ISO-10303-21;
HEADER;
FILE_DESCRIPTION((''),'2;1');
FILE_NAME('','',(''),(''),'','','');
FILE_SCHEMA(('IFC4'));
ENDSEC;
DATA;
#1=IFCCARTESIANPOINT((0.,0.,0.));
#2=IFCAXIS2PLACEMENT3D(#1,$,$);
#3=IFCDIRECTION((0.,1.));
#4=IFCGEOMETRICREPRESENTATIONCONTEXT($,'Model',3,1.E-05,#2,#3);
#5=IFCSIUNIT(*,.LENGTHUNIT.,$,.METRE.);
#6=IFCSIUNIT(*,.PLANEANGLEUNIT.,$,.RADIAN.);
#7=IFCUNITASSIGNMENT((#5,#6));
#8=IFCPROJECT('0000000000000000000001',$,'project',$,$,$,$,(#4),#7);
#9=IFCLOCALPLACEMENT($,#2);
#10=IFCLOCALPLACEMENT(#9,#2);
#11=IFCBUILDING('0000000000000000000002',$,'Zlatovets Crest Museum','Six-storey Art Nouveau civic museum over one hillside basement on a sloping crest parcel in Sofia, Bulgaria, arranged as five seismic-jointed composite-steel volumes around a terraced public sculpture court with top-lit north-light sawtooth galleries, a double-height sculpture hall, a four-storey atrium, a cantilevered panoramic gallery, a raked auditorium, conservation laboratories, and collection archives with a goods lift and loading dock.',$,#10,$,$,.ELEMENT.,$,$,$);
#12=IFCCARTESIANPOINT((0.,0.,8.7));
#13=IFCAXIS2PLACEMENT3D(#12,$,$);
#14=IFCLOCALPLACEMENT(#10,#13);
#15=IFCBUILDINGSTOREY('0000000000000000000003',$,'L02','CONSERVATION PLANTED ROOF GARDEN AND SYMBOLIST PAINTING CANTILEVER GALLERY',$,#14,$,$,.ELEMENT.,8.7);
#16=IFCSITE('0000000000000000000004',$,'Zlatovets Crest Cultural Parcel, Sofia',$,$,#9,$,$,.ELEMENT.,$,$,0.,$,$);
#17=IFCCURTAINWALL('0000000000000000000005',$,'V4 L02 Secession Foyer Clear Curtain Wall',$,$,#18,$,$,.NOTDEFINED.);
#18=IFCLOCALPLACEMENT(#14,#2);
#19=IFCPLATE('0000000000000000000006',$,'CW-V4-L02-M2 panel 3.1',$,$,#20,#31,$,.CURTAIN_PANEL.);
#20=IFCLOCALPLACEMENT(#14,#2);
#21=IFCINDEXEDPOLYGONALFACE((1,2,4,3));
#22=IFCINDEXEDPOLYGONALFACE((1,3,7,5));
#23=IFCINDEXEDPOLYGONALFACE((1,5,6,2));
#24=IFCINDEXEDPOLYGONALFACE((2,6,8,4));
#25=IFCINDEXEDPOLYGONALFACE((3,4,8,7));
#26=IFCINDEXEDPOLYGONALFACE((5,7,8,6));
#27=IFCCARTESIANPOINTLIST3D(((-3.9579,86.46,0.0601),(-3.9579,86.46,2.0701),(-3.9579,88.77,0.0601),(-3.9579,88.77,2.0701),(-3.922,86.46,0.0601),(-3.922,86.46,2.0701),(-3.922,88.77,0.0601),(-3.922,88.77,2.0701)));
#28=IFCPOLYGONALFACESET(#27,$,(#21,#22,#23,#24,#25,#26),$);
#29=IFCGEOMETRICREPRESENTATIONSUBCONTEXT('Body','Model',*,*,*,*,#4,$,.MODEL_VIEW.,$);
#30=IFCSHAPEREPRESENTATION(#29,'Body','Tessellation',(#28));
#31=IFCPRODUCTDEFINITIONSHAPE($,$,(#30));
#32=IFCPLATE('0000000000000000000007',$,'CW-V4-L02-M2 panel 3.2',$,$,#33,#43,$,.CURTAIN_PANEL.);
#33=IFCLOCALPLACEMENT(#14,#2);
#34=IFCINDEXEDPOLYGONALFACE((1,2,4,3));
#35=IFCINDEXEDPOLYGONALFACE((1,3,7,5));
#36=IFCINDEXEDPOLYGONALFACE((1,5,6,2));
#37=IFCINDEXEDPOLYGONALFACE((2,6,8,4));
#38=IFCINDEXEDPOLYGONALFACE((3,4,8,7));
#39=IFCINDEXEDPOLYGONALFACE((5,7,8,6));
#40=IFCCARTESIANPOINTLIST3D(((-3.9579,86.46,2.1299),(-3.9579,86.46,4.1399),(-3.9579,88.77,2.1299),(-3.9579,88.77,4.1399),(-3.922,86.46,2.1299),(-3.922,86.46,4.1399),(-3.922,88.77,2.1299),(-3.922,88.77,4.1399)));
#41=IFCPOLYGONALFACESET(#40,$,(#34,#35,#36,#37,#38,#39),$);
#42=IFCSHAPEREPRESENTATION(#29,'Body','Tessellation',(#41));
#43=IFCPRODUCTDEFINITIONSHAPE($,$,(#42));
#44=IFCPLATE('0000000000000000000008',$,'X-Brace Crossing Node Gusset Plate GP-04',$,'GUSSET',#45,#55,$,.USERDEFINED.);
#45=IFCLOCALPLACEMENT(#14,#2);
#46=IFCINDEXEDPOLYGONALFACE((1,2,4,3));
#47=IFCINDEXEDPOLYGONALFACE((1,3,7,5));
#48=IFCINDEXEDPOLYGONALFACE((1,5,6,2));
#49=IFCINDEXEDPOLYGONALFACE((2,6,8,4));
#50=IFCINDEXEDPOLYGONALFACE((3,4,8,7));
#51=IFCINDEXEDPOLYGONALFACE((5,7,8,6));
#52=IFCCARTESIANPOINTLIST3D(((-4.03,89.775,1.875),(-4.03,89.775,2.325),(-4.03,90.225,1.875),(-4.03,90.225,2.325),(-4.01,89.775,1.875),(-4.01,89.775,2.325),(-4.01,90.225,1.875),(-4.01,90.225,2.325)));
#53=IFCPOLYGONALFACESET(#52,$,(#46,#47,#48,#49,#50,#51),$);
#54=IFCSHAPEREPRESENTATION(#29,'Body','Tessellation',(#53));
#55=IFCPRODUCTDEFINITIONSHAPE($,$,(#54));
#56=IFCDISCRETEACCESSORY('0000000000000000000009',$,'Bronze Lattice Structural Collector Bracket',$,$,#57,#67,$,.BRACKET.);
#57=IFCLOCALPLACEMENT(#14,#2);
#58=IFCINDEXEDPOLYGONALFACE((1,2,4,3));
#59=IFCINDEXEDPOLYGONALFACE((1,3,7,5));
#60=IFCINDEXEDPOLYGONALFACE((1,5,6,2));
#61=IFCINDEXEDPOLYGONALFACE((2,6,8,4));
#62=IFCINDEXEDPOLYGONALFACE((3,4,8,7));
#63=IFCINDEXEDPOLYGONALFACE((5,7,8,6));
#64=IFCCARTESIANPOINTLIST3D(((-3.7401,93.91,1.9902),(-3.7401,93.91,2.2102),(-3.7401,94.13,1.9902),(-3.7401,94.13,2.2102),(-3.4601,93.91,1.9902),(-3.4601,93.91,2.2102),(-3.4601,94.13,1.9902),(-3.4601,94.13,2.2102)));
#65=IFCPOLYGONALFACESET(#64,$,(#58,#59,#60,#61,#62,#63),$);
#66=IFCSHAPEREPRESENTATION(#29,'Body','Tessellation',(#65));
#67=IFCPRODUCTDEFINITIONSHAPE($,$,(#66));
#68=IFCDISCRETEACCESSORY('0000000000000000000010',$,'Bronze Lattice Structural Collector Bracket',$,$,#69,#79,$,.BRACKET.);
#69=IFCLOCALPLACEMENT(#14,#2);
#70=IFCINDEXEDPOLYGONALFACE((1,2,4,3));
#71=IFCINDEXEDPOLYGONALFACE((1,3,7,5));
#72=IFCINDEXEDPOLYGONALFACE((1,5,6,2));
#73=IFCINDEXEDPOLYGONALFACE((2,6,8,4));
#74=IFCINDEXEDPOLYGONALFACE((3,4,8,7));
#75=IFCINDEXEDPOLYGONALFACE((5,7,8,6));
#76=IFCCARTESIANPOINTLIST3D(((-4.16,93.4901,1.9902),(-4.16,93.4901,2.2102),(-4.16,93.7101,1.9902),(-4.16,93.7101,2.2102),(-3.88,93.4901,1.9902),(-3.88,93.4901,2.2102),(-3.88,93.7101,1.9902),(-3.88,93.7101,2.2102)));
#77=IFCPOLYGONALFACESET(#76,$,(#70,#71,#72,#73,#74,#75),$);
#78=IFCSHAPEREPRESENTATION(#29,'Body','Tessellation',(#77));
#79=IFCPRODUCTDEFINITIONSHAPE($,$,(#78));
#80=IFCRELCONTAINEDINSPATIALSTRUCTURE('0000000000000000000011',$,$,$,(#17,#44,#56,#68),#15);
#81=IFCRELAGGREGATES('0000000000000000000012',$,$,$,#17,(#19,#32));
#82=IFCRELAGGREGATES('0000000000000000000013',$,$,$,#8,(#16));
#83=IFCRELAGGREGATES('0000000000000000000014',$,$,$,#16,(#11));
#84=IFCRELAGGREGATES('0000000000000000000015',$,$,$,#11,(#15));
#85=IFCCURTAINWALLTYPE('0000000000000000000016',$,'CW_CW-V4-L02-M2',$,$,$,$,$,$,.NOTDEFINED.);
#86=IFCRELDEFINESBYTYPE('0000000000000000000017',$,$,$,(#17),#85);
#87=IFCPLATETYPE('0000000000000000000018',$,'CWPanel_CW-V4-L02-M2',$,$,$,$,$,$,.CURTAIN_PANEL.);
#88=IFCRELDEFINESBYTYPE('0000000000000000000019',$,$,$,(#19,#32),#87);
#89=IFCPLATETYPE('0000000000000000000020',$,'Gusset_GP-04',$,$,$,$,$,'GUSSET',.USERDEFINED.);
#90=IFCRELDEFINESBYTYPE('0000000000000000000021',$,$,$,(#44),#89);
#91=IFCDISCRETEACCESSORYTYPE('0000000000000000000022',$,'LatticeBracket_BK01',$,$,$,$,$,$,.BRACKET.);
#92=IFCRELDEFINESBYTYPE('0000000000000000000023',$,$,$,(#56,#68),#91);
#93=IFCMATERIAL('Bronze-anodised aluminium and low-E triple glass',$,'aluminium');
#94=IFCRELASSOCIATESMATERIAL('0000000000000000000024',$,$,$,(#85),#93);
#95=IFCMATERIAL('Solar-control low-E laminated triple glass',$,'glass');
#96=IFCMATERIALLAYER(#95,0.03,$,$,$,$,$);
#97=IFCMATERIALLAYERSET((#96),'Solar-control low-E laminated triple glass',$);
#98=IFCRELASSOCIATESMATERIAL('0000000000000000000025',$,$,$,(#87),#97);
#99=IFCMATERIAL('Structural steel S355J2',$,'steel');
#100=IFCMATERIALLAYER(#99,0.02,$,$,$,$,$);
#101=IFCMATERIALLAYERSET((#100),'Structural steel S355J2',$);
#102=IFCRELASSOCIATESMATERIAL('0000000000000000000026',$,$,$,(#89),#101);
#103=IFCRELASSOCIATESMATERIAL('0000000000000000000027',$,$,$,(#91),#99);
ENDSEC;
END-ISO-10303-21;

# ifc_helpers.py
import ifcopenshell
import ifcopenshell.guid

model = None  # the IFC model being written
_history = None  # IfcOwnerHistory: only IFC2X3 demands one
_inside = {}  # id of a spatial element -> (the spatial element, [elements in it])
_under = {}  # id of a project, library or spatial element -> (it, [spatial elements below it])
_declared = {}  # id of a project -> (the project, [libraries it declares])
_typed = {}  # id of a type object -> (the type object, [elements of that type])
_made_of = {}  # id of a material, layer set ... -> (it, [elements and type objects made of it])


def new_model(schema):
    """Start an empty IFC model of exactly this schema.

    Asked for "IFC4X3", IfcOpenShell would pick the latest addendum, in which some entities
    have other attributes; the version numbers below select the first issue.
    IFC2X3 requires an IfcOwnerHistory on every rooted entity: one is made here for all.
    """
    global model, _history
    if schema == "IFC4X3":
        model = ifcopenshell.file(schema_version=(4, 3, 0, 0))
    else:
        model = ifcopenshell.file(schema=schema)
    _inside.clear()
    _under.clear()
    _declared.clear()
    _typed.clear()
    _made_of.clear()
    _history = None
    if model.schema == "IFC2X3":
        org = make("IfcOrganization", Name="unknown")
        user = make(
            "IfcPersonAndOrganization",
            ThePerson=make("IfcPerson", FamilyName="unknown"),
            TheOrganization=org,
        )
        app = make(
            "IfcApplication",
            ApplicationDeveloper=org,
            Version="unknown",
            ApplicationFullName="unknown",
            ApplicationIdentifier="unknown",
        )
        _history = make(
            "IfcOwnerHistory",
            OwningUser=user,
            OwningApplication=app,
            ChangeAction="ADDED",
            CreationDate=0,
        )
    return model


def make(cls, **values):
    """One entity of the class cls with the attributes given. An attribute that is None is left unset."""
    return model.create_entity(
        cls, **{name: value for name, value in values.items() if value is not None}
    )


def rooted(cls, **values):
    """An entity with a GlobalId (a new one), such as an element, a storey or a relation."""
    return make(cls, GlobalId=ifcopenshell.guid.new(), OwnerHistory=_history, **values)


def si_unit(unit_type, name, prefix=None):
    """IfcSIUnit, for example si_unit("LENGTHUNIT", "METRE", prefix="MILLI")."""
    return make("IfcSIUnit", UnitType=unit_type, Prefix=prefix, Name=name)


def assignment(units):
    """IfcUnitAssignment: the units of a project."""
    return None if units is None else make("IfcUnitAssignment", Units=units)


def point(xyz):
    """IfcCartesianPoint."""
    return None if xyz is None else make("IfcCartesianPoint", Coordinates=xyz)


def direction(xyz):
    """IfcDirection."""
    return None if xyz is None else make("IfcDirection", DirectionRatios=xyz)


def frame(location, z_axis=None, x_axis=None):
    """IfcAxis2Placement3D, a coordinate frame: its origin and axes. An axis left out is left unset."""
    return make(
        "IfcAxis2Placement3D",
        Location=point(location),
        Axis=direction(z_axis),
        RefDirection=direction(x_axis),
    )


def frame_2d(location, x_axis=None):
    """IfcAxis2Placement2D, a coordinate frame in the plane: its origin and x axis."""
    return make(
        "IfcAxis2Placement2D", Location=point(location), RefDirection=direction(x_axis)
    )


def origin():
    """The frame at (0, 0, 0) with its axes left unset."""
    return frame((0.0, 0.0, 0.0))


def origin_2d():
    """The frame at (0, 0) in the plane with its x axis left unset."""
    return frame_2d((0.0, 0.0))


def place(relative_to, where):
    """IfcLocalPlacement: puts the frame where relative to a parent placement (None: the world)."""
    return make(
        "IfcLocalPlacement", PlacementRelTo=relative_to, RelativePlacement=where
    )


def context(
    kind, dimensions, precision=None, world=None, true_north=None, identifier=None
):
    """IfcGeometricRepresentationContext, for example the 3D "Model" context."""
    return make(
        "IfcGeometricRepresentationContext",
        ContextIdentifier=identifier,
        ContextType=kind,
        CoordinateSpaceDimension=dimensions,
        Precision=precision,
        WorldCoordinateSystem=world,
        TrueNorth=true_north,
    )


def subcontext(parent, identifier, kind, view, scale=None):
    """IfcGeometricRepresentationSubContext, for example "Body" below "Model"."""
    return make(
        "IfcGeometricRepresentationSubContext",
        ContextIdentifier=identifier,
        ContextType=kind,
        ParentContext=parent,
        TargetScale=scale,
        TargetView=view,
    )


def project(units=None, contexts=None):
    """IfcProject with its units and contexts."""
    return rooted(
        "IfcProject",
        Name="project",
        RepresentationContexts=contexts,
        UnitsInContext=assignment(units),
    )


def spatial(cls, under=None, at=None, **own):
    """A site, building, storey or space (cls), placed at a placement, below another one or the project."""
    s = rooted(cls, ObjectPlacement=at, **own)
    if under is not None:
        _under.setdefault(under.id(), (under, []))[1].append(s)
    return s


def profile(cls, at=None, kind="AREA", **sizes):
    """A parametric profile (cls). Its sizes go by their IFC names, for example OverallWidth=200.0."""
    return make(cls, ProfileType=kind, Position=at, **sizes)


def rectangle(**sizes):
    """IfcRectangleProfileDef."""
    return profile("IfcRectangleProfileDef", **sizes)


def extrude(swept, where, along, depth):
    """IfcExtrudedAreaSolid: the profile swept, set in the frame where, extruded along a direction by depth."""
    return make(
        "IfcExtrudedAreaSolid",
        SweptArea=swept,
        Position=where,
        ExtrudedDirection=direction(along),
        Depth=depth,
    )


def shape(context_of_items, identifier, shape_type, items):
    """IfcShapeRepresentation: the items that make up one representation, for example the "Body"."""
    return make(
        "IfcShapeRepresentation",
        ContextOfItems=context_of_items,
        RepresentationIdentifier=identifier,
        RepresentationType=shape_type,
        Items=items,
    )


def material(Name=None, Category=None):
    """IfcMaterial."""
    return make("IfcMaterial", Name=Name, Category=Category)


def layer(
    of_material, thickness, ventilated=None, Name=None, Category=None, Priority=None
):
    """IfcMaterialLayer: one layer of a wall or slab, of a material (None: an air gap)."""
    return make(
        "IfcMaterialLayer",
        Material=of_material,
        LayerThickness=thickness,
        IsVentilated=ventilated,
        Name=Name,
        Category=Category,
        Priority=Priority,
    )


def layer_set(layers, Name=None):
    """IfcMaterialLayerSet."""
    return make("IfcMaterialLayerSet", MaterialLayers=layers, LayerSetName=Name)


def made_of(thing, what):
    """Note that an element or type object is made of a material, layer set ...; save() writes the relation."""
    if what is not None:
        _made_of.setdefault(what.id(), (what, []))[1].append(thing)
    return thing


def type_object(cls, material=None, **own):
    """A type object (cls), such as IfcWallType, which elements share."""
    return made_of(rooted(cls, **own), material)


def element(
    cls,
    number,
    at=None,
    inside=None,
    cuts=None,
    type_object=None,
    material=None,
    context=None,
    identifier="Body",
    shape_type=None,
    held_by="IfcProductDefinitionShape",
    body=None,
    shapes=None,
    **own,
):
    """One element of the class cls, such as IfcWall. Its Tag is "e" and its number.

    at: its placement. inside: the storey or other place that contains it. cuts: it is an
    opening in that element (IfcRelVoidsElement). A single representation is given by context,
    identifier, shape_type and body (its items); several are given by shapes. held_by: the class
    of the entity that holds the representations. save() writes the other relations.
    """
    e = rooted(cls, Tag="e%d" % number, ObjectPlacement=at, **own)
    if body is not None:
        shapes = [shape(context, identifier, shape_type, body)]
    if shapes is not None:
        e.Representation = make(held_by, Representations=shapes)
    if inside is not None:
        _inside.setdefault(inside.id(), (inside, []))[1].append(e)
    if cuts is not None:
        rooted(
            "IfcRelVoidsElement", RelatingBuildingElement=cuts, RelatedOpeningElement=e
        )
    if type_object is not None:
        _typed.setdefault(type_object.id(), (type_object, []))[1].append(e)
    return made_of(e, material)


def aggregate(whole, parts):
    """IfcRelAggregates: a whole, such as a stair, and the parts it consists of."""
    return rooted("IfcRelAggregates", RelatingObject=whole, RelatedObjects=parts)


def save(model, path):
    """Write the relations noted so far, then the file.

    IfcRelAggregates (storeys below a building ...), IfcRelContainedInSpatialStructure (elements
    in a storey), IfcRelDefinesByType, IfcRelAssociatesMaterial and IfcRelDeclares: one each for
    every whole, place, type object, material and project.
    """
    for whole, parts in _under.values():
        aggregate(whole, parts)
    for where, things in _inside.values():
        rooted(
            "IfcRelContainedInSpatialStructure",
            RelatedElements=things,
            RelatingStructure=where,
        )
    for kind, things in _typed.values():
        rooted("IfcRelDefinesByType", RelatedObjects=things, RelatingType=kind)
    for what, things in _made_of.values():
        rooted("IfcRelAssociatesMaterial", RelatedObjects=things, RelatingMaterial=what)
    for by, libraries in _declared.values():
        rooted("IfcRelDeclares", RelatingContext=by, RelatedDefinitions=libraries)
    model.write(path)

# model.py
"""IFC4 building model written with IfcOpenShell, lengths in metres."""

from ifc_helpers import new_model, si_unit, direction, frame, origin, origin_2d, place, context, subcontext, project, spatial, rectangle, extrude, material, layer, layer_set, type_object, element, aggregate, save


model = new_model("IFC4")

# Units and contexts
model_context = context("Model", 3, precision=1e-05, world=origin(), true_north=direction((0.0, 1.0)))
body_context = subcontext(model_context, "Body", "Model", "MODEL_VIEW")
ifc_project = project(units=[si_unit("LENGTHUNIT", "METRE"), si_unit("PLANEANGLEUNIT", "RADIAN")], contexts=[model_context])

# Site, building, storey
site_placement = place(None, origin())
site = spatial("IfcSite", under=ifc_project, at=site_placement, Name="Zlatovets Crest Cultural Parcel, Sofia", CompositionType="ELEMENT", RefElevation=0.0)
building_placement = place(site_placement, origin())
building = spatial("IfcBuilding", under=site, at=building_placement, Name="Zlatovets Crest Museum", Description="Six-storey Art Nouveau civic museum over one hillside basement on a sloping crest parcel in Sofia, Bulgaria, arranged as five seismic-jointed composite-steel volumes around a terraced public sculpture court with top-lit north-light sawtooth galleries, a double-height sculpture hall, a four-storey atrium, a cantilevered panoramic gallery, a raked auditorium, conservation laboratories, and collection archives with a goods lift and loading dock.", CompositionType="ELEMENT")
storey_placement = place(building_placement, frame((0.0, 0.0, 8.7)))
storey = spatial("IfcBuildingStorey", under=building, at=storey_placement, Name="L02", Description="CONSERVATION PLANTED ROOF GARDEN AND SYMBOLIST PAINTING CANTILEVER GALLERY", CompositionType="ELEMENT", Elevation=8.7)

# Shared definitions
ifc_material_1 = material(Name="Structural steel S355J2", Category="steel")

# Curtain wall
ifc_material_2 = material(Name="Bronze-anodised aluminium and low-E triple glass", Category="aluminium")
curtain_wall_type = type_object("IfcCurtainWallType", Name="CW_CW-V4-L02-M2", PredefinedType="NOTDEFINED", material=ifc_material_2)
curtain_wall_placement = place(storey_placement, origin())
curtain_wall = element("IfcCurtainWall", 1, at=curtain_wall_placement, inside=storey, type_object=curtain_wall_type, Name="V4 L02 Secession Foyer Clear Curtain Wall", PredefinedType="NOTDEFINED")

# Plates
ifc_material_3 = material(Name="Solar-control low-E laminated triple glass", Category="glass")
ifc_layer_1 = layer(ifc_material_3, 0.03)
ifc_layer_set_1 = layer_set([ifc_layer_1], Name="Solar-control low-E laminated triple glass")
plate_type_1 = type_object("IfcPlateType", Name="CWPanel_CW-V4-L02-M2", PredefinedType="CURTAIN_PANEL", material=ifc_layer_set_1)
plate_1_placement = place(storey_placement, frame((-3.9399, 87.615, 0.0601), z_axis=(0.0, 0.0, 1.0), x_axis=(0.0, -1.0, 0.0)))
plate_1 = element("IfcPlate", 2, at=plate_1_placement, type_object=plate_type_1, Name="CW-V4-L02-M2 panel 3.1", PredefinedType="CURTAIN_PANEL", context=body_context, shape_type="SweptSolid", body=[
    extrude(rectangle(XDim=2.3101, YDim=0.0359, at=origin_2d()), origin(), (0.0, 0.0, 1.0), 2.01),
])
plate_2_placement = place(storey_placement, frame((-3.9399, 87.615, 2.1299), z_axis=(0.0, 0.0, 1.0), x_axis=(0.0, -1.0, 0.0)))
plate_2 = element("IfcPlate", 3, at=plate_2_placement, type_object=plate_type_1, Name="CW-V4-L02-M2 panel 3.2", PredefinedType="CURTAIN_PANEL", context=body_context, shape_type="SweptSolid", body=[
    extrude(rectangle(XDim=2.3101, YDim=0.0359, at=origin_2d()), origin(), (0.0, 0.0, 1.0), 2.01),
])
aggregate(curtain_wall, [plate_1, plate_2])
ifc_layer_2 = layer(ifc_material_1, 0.02)
ifc_layer_set_2 = layer_set([ifc_layer_2], Name="Structural steel S355J2")
plate_type_2 = type_object("IfcPlateType", Name="Gusset_GP-04", ElementType="GUSSET", PredefinedType="USERDEFINED", material=ifc_layer_set_2)
plate_3_placement = place(storey_placement, frame((-4.02, 90.0, 1.875), z_axis=(0.0, 0.0, 1.0), x_axis=(1.0, 0.0, 0.0)))
element("IfcPlate", 4, at=plate_3_placement, inside=storey, type_object=plate_type_2, Name="X-Brace Crossing Node Gusset Plate GP-04", ObjectType="GUSSET", PredefinedType="USERDEFINED", context=body_context, shape_type="SweptSolid", body=[
    extrude(rectangle(XDim=0.02, YDim=0.45, at=origin_2d()), origin(), (0.0, 0.0, 1.0), 0.45),
])

# Discrete accessories
discrete_accessory_type = type_object("IfcDiscreteAccessoryType", Name="LatticeBracket_BK01", PredefinedType="BRACKET", material=ifc_material_1)
for number, where, z_axis, x_axis, name in (
    (5, (-3.6001, 94.02, 1.9902), (0.0, 0.0, 1.0), (1.0, 0.0, 0.0), "Bronze Lattice Structural Collector Bracket"),
    (6, (-4.02, 93.6001, 1.9902), (0.0, 0.0, 1.0), (1.0, 0.0, 0.0), "Bronze Lattice Structural Collector Bracket"),
):
    element("IfcDiscreteAccessory", number, at=place(storey_placement, frame(where, z_axis=z_axis, x_axis=x_axis)), inside=storey, type_object=discrete_accessory_type, Name=name, PredefinedType="BRACKET", context=body_context, shape_type="SweptSolid", body=[
        extrude(rectangle(XDim=0.28, YDim=0.22, at=origin_2d()), origin(), (0.0, 0.0, 1.0), 0.22),
    ])

save(model, "model.ifc")
